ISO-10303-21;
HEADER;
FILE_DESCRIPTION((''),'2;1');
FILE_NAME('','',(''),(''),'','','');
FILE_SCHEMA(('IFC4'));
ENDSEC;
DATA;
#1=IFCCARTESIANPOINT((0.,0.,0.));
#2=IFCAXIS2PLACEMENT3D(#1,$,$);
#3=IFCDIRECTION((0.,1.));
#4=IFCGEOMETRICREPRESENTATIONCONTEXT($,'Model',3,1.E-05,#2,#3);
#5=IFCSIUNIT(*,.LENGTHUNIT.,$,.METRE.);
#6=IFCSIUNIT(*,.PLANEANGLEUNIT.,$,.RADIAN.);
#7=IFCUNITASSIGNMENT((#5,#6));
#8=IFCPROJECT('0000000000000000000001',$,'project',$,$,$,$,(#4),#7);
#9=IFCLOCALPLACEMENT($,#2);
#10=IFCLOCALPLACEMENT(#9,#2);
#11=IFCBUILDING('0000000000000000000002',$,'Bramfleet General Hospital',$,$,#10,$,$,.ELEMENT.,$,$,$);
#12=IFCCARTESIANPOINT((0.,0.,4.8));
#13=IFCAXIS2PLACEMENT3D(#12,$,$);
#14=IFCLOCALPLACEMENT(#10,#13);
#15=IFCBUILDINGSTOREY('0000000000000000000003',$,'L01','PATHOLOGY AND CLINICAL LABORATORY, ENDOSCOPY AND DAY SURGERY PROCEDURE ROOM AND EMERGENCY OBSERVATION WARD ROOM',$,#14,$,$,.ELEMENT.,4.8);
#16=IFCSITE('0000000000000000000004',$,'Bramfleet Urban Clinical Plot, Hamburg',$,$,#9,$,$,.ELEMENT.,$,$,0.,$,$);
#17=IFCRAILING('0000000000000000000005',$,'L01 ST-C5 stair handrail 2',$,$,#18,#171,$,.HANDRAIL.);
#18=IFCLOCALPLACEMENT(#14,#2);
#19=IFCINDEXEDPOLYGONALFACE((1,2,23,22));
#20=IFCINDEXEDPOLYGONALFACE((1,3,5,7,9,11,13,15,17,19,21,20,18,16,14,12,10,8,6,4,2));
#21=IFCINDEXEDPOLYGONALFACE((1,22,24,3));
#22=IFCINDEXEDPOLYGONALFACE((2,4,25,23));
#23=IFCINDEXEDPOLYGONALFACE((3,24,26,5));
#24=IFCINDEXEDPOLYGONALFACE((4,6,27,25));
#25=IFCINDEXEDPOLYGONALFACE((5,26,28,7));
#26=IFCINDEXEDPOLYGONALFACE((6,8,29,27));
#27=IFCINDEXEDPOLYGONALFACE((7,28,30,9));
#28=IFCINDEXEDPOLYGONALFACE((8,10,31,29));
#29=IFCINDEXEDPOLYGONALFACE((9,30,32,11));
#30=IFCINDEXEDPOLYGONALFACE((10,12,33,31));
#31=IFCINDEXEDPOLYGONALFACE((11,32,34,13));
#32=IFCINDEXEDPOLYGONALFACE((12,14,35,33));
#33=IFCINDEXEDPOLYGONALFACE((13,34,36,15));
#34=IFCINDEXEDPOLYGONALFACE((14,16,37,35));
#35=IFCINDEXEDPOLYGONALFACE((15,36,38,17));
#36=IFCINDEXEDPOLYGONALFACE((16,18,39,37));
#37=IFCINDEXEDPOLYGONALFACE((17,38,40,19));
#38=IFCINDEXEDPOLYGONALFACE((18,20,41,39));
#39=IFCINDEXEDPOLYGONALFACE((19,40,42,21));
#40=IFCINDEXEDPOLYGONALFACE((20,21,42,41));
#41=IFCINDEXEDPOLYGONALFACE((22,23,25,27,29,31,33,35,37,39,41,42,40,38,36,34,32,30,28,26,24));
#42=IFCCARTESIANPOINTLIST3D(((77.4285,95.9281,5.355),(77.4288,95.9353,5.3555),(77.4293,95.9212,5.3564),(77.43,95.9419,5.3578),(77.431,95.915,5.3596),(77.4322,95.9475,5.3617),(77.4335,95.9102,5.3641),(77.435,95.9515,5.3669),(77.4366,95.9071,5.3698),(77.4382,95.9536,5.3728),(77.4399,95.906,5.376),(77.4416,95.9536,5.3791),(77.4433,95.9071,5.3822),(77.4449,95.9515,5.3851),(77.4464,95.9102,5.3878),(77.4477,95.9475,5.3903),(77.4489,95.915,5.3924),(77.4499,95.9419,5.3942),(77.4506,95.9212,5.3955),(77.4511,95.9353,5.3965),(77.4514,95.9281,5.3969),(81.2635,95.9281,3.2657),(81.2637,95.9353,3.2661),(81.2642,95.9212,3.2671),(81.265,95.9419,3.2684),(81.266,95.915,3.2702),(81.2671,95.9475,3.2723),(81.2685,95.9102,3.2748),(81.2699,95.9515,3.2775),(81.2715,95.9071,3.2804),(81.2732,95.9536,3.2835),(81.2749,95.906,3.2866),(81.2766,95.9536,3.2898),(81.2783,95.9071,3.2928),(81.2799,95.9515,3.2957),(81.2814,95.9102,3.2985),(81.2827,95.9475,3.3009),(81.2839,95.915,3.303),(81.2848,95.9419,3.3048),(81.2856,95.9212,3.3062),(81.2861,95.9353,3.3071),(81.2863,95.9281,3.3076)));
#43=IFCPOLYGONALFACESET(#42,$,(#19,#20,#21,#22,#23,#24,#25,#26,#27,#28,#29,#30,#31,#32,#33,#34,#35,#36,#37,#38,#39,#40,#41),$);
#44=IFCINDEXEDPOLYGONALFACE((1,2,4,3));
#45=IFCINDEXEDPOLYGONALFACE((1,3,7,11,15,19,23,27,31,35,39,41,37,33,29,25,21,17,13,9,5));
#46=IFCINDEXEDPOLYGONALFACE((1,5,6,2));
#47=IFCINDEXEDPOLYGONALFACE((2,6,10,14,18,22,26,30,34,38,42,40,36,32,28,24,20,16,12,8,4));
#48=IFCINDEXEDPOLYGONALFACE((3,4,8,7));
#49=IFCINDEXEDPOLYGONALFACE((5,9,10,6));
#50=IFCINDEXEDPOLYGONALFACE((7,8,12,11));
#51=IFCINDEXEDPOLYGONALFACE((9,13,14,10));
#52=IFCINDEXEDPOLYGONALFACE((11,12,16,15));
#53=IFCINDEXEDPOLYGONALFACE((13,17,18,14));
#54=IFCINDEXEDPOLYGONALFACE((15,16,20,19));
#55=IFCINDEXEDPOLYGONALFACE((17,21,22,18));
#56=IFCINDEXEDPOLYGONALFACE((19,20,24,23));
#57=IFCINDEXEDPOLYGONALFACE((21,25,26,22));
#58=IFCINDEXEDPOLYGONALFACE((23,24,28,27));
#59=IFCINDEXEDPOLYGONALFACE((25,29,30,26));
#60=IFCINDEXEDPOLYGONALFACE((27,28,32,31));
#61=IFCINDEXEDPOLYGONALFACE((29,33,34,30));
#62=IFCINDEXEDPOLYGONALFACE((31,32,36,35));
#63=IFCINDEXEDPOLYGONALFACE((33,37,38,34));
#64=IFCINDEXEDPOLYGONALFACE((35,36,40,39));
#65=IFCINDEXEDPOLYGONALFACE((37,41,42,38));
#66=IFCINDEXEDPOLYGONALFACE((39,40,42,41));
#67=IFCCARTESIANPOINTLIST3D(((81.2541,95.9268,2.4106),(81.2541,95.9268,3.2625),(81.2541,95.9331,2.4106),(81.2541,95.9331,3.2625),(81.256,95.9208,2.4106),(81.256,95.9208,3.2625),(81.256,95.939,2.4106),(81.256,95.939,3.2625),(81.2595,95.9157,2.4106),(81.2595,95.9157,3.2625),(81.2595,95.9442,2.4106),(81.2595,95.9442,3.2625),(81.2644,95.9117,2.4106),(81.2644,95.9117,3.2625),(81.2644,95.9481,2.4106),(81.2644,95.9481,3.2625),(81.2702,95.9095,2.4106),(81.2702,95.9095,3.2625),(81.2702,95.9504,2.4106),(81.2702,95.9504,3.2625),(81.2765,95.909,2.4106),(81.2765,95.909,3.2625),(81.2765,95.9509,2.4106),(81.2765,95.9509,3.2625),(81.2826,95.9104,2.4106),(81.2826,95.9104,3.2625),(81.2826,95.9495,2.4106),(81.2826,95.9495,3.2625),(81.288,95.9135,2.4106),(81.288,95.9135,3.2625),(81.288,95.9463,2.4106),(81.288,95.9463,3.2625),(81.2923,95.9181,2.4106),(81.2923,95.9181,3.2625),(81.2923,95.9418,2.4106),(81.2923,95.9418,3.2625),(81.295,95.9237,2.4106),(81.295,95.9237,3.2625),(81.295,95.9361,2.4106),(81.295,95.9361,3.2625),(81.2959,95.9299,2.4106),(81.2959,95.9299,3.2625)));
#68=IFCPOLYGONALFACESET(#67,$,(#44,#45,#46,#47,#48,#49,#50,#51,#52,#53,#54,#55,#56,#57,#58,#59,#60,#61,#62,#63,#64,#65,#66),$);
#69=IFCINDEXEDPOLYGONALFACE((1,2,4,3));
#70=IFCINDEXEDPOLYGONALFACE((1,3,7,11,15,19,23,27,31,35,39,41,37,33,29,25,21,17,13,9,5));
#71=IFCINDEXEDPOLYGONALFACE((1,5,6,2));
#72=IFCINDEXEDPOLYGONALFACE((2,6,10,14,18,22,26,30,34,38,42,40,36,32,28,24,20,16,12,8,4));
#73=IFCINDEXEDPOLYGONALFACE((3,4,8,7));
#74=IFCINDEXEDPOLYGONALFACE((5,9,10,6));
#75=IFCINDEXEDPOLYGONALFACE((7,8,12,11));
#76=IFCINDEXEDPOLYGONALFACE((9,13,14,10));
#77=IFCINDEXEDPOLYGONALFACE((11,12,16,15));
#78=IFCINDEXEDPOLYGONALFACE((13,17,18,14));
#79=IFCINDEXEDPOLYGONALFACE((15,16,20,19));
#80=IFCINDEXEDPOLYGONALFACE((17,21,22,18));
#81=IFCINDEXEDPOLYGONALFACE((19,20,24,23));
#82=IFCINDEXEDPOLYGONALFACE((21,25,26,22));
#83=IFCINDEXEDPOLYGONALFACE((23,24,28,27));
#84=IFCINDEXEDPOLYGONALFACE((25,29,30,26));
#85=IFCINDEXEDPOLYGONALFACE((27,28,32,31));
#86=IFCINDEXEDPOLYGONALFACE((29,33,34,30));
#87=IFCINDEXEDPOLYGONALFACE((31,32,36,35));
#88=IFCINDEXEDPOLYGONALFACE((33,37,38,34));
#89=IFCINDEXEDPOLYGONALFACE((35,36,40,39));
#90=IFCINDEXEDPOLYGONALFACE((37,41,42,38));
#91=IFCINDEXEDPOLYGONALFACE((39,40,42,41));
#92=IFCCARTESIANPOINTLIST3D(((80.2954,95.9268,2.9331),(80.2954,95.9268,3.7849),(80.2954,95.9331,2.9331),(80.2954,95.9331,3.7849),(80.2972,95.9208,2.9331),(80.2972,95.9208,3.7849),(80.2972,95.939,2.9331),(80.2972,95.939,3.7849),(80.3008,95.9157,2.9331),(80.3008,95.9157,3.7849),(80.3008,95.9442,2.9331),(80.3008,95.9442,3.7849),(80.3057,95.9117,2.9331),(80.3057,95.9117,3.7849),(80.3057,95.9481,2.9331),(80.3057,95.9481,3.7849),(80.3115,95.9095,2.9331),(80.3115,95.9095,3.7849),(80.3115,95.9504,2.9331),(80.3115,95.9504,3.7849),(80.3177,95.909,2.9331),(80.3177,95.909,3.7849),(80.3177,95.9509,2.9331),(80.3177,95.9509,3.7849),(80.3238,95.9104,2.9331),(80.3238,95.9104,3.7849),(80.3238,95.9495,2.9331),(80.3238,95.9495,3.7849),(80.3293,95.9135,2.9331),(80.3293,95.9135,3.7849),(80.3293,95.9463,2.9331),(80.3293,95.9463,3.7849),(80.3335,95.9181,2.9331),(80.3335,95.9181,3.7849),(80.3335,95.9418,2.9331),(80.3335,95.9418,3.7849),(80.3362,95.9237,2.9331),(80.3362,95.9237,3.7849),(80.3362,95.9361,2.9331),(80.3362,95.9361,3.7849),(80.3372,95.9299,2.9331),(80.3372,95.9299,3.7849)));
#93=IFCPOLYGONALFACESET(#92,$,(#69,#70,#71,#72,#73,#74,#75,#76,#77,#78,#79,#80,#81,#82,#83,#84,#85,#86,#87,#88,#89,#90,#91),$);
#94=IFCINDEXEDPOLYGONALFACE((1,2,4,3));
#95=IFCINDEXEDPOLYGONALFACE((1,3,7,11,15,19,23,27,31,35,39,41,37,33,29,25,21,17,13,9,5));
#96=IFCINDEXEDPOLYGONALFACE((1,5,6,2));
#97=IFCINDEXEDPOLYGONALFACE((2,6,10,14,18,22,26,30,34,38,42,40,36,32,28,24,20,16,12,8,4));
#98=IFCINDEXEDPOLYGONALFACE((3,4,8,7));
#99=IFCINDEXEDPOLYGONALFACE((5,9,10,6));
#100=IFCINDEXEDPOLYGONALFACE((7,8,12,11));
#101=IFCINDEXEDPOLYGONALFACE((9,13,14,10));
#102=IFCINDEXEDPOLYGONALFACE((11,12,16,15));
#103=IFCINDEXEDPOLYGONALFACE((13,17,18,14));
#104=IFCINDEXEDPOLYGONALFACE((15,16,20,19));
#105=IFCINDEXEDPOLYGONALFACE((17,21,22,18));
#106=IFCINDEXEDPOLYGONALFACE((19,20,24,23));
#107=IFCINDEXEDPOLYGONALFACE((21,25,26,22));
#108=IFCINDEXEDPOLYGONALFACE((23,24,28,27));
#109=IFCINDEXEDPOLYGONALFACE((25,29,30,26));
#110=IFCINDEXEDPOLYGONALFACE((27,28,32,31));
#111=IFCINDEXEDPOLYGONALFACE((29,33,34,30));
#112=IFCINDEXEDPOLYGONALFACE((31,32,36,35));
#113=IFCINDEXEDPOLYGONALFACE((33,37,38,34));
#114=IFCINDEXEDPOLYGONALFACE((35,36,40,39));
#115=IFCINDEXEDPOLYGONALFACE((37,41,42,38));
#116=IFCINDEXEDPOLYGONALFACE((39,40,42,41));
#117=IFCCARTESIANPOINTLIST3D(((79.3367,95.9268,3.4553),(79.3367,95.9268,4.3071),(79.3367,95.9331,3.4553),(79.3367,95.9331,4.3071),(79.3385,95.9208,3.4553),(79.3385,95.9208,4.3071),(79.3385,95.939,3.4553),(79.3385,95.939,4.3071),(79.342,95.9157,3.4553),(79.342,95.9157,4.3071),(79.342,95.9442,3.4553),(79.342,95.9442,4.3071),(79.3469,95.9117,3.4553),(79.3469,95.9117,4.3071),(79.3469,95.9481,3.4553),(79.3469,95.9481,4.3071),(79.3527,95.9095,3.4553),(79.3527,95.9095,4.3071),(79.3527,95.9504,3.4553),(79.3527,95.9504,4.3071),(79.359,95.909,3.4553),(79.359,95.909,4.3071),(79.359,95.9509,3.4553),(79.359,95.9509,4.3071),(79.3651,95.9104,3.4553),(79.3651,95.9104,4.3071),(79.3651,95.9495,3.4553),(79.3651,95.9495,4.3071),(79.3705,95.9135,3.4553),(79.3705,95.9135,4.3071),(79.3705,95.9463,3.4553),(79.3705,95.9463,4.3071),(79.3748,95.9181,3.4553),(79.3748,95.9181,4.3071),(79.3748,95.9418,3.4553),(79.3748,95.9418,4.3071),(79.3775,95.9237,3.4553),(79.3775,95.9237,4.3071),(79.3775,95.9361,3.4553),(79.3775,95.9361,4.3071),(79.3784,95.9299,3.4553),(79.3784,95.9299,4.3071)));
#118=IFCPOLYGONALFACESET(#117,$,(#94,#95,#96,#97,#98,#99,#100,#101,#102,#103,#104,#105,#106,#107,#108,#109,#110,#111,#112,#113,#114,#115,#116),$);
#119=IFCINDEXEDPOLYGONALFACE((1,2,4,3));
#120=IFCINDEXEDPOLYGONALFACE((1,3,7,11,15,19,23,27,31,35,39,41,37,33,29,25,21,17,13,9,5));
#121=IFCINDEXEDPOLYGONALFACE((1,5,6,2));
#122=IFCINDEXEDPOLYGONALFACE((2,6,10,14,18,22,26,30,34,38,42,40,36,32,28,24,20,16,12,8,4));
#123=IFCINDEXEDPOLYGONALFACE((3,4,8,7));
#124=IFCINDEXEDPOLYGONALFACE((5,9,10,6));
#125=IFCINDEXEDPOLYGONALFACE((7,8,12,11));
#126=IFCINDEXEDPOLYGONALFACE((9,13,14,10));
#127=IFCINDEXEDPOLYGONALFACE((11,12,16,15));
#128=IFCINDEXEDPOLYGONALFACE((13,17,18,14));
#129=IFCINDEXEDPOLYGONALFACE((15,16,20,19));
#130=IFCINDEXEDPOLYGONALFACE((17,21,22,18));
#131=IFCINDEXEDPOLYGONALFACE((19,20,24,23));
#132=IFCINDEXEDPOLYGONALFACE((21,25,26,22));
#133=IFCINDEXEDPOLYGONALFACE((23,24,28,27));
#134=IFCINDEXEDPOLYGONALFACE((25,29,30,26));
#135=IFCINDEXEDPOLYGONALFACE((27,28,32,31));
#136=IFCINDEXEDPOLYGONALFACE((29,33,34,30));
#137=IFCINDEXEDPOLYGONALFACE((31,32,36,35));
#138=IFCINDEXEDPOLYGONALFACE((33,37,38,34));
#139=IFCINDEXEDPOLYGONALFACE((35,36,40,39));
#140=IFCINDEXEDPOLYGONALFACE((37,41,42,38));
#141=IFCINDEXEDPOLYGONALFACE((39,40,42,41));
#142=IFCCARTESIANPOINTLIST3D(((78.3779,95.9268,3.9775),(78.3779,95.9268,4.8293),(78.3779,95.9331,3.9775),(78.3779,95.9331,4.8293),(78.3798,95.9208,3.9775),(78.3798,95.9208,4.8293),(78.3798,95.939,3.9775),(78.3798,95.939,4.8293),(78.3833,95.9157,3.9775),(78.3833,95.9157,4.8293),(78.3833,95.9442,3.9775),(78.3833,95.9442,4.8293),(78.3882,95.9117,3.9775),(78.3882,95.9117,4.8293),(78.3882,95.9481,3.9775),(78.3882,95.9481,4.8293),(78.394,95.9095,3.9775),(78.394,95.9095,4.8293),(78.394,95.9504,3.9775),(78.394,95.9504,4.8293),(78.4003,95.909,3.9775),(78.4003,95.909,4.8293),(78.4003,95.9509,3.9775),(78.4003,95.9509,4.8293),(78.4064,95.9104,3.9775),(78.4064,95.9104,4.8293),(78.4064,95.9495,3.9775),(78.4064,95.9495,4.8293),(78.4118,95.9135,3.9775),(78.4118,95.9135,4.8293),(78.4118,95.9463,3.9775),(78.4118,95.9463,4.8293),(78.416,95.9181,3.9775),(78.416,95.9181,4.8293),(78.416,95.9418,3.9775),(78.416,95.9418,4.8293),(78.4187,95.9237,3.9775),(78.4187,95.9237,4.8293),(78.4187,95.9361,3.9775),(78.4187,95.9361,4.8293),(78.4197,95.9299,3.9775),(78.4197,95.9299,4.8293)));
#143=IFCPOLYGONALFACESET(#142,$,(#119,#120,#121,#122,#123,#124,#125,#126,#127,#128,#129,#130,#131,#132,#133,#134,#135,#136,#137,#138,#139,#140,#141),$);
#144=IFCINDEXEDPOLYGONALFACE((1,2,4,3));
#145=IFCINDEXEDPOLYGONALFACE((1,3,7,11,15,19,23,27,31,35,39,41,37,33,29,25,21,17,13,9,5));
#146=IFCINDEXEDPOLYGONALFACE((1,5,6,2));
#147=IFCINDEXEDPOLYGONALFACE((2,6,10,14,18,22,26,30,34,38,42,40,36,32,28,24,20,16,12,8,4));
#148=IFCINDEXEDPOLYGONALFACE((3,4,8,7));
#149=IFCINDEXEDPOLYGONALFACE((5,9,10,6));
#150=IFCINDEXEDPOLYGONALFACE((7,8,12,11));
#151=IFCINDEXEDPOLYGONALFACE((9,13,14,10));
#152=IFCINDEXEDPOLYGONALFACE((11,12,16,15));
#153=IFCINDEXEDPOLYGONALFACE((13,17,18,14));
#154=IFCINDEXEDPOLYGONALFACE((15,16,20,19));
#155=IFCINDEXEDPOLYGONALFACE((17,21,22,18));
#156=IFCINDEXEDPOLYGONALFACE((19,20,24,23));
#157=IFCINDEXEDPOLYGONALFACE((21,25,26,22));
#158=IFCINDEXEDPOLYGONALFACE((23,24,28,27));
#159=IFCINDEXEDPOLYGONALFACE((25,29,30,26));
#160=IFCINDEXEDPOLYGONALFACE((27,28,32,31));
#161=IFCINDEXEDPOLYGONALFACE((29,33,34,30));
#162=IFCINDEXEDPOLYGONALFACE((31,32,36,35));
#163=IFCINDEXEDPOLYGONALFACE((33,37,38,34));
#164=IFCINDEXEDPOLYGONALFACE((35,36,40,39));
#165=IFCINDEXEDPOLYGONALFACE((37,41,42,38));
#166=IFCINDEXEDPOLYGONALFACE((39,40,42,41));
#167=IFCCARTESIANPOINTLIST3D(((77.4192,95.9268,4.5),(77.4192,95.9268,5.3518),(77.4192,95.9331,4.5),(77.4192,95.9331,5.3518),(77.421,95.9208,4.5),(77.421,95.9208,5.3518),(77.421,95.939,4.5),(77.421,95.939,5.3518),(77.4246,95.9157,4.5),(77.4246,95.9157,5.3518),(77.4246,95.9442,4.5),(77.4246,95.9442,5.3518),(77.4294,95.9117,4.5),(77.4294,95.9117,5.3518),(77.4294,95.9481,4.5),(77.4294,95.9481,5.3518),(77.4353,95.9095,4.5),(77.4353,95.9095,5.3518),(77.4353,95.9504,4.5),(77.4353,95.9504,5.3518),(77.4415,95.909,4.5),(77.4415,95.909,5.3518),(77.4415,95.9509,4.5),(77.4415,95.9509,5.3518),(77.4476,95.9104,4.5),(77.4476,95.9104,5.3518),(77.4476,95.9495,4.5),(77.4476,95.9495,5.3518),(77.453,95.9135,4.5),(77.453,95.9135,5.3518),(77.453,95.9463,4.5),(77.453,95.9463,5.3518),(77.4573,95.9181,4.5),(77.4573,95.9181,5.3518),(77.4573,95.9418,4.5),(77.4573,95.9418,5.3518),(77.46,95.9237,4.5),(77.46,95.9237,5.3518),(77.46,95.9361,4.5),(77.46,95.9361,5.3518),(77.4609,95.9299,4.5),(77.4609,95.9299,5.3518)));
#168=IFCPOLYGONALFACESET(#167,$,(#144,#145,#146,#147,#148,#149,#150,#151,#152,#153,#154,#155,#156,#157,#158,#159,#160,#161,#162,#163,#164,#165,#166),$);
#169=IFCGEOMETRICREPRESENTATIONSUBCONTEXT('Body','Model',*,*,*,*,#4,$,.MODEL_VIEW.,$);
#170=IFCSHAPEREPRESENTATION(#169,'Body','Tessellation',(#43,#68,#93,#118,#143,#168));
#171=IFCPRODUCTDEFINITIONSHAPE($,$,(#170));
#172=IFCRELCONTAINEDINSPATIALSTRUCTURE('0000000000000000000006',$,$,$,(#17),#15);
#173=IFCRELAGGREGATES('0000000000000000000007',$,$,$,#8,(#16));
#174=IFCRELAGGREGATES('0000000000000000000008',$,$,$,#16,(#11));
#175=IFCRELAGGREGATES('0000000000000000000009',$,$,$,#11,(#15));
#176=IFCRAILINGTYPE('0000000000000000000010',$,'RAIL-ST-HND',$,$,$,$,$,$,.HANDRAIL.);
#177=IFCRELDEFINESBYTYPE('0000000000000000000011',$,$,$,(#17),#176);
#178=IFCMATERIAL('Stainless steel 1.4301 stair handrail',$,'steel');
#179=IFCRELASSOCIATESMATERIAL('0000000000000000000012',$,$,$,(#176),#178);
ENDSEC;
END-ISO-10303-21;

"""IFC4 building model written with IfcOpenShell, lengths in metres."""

from ifc_helpers import new_model, si_unit, direction, frame, origin, origin_2d, place, context, subcontext, project, spatial, circle, extrude, material, type_object, element, save


model = new_model("IFC4")

# Units and contexts
model_context = context("Model", 3, precision=1e-05, world=origin(), true_north=direction((0.0, 1.0)))
body_context = subcontext(model_context, "Body", "Model", "MODEL_VIEW")
ifc_project = project(units=[si_unit("LENGTHUNIT", "METRE"), si_unit("PLANEANGLEUNIT", "RADIAN")], contexts=[model_context])

# Site, building, storey
site_placement = place(None, origin())
site = spatial("IfcSite", under=ifc_project, at=site_placement, Name="Bramfleet Urban Clinical Plot, Hamburg", CompositionType="ELEMENT", RefElevation=0.0)
building_placement = place(site_placement, origin())
building = spatial("IfcBuilding", under=site, at=building_placement, Name="Bramfleet General Hospital", CompositionType="ELEMENT")
storey_placement = place(building_placement, frame((0.0, 0.0, 4.8)))
storey = spatial("IfcBuildingStorey", under=building, at=storey_placement, Name="L01", Description="PATHOLOGY AND CLINICAL LABORATORY, ENDOSCOPY AND DAY SURGERY PROCEDURE ROOM AND EMERGENCY OBSERVATION WARD ROOM", CompositionType="ELEMENT", Elevation=4.8)

# Railing
ifc_material_1 = material(Name="Stainless steel 1.4301 stair handrail", Category="steel")
railing_type_1 = type_object("IfcRailingType", Name="RAIL-ST-HND", PredefinedType="HANDRAIL", material=ifc_material_1)
railing_1_placement = place(storey_placement, frame((81.2749, 95.9299, 2.4106)))
element("IfcRailing", 1, at=railing_1_placement, inside=storey, type_object=railing_type_1, Name="L01 ST-C5 stair handrail 2", PredefinedType="HANDRAIL", context=body_context, shape_type="SweptSolid", body=[
    extrude(circle(Radius=0.0239, at=origin_2d()), frame((0.0, 0.0, 0.876), z_axis=(-0.87813, 0.0, 0.478421), x_axis=(0.0, -1.0, 0.0)), (0.0, 0.0, 1.0), 4.3672),
    extrude(circle(Radius=0.021, at=origin_2d()), origin(), (0.0, 0.0, 1.0), 0.8518),
    extrude(circle(Radius=0.021, at=origin_2d()), frame((-0.9587, 0.0, 0.5225)), (0.0, 0.0, 1.0), 0.8518),
    extrude(circle(Radius=0.021, at=origin_2d()), frame((-1.9175, 0.0, 1.0447)), (0.0, 0.0, 1.0), 0.8518),
    extrude(circle(Radius=0.021, at=origin_2d()), frame((-2.8762, 0.0, 1.5669)), (0.0, 0.0, 1.0), 0.8518),
    extrude(circle(Radius=0.021, at=origin_2d()), frame((-3.835, 0.0, 2.0894)), (0.0, 0.0, 1.0), 0.8518),
])

save(model, "model.ifc")
